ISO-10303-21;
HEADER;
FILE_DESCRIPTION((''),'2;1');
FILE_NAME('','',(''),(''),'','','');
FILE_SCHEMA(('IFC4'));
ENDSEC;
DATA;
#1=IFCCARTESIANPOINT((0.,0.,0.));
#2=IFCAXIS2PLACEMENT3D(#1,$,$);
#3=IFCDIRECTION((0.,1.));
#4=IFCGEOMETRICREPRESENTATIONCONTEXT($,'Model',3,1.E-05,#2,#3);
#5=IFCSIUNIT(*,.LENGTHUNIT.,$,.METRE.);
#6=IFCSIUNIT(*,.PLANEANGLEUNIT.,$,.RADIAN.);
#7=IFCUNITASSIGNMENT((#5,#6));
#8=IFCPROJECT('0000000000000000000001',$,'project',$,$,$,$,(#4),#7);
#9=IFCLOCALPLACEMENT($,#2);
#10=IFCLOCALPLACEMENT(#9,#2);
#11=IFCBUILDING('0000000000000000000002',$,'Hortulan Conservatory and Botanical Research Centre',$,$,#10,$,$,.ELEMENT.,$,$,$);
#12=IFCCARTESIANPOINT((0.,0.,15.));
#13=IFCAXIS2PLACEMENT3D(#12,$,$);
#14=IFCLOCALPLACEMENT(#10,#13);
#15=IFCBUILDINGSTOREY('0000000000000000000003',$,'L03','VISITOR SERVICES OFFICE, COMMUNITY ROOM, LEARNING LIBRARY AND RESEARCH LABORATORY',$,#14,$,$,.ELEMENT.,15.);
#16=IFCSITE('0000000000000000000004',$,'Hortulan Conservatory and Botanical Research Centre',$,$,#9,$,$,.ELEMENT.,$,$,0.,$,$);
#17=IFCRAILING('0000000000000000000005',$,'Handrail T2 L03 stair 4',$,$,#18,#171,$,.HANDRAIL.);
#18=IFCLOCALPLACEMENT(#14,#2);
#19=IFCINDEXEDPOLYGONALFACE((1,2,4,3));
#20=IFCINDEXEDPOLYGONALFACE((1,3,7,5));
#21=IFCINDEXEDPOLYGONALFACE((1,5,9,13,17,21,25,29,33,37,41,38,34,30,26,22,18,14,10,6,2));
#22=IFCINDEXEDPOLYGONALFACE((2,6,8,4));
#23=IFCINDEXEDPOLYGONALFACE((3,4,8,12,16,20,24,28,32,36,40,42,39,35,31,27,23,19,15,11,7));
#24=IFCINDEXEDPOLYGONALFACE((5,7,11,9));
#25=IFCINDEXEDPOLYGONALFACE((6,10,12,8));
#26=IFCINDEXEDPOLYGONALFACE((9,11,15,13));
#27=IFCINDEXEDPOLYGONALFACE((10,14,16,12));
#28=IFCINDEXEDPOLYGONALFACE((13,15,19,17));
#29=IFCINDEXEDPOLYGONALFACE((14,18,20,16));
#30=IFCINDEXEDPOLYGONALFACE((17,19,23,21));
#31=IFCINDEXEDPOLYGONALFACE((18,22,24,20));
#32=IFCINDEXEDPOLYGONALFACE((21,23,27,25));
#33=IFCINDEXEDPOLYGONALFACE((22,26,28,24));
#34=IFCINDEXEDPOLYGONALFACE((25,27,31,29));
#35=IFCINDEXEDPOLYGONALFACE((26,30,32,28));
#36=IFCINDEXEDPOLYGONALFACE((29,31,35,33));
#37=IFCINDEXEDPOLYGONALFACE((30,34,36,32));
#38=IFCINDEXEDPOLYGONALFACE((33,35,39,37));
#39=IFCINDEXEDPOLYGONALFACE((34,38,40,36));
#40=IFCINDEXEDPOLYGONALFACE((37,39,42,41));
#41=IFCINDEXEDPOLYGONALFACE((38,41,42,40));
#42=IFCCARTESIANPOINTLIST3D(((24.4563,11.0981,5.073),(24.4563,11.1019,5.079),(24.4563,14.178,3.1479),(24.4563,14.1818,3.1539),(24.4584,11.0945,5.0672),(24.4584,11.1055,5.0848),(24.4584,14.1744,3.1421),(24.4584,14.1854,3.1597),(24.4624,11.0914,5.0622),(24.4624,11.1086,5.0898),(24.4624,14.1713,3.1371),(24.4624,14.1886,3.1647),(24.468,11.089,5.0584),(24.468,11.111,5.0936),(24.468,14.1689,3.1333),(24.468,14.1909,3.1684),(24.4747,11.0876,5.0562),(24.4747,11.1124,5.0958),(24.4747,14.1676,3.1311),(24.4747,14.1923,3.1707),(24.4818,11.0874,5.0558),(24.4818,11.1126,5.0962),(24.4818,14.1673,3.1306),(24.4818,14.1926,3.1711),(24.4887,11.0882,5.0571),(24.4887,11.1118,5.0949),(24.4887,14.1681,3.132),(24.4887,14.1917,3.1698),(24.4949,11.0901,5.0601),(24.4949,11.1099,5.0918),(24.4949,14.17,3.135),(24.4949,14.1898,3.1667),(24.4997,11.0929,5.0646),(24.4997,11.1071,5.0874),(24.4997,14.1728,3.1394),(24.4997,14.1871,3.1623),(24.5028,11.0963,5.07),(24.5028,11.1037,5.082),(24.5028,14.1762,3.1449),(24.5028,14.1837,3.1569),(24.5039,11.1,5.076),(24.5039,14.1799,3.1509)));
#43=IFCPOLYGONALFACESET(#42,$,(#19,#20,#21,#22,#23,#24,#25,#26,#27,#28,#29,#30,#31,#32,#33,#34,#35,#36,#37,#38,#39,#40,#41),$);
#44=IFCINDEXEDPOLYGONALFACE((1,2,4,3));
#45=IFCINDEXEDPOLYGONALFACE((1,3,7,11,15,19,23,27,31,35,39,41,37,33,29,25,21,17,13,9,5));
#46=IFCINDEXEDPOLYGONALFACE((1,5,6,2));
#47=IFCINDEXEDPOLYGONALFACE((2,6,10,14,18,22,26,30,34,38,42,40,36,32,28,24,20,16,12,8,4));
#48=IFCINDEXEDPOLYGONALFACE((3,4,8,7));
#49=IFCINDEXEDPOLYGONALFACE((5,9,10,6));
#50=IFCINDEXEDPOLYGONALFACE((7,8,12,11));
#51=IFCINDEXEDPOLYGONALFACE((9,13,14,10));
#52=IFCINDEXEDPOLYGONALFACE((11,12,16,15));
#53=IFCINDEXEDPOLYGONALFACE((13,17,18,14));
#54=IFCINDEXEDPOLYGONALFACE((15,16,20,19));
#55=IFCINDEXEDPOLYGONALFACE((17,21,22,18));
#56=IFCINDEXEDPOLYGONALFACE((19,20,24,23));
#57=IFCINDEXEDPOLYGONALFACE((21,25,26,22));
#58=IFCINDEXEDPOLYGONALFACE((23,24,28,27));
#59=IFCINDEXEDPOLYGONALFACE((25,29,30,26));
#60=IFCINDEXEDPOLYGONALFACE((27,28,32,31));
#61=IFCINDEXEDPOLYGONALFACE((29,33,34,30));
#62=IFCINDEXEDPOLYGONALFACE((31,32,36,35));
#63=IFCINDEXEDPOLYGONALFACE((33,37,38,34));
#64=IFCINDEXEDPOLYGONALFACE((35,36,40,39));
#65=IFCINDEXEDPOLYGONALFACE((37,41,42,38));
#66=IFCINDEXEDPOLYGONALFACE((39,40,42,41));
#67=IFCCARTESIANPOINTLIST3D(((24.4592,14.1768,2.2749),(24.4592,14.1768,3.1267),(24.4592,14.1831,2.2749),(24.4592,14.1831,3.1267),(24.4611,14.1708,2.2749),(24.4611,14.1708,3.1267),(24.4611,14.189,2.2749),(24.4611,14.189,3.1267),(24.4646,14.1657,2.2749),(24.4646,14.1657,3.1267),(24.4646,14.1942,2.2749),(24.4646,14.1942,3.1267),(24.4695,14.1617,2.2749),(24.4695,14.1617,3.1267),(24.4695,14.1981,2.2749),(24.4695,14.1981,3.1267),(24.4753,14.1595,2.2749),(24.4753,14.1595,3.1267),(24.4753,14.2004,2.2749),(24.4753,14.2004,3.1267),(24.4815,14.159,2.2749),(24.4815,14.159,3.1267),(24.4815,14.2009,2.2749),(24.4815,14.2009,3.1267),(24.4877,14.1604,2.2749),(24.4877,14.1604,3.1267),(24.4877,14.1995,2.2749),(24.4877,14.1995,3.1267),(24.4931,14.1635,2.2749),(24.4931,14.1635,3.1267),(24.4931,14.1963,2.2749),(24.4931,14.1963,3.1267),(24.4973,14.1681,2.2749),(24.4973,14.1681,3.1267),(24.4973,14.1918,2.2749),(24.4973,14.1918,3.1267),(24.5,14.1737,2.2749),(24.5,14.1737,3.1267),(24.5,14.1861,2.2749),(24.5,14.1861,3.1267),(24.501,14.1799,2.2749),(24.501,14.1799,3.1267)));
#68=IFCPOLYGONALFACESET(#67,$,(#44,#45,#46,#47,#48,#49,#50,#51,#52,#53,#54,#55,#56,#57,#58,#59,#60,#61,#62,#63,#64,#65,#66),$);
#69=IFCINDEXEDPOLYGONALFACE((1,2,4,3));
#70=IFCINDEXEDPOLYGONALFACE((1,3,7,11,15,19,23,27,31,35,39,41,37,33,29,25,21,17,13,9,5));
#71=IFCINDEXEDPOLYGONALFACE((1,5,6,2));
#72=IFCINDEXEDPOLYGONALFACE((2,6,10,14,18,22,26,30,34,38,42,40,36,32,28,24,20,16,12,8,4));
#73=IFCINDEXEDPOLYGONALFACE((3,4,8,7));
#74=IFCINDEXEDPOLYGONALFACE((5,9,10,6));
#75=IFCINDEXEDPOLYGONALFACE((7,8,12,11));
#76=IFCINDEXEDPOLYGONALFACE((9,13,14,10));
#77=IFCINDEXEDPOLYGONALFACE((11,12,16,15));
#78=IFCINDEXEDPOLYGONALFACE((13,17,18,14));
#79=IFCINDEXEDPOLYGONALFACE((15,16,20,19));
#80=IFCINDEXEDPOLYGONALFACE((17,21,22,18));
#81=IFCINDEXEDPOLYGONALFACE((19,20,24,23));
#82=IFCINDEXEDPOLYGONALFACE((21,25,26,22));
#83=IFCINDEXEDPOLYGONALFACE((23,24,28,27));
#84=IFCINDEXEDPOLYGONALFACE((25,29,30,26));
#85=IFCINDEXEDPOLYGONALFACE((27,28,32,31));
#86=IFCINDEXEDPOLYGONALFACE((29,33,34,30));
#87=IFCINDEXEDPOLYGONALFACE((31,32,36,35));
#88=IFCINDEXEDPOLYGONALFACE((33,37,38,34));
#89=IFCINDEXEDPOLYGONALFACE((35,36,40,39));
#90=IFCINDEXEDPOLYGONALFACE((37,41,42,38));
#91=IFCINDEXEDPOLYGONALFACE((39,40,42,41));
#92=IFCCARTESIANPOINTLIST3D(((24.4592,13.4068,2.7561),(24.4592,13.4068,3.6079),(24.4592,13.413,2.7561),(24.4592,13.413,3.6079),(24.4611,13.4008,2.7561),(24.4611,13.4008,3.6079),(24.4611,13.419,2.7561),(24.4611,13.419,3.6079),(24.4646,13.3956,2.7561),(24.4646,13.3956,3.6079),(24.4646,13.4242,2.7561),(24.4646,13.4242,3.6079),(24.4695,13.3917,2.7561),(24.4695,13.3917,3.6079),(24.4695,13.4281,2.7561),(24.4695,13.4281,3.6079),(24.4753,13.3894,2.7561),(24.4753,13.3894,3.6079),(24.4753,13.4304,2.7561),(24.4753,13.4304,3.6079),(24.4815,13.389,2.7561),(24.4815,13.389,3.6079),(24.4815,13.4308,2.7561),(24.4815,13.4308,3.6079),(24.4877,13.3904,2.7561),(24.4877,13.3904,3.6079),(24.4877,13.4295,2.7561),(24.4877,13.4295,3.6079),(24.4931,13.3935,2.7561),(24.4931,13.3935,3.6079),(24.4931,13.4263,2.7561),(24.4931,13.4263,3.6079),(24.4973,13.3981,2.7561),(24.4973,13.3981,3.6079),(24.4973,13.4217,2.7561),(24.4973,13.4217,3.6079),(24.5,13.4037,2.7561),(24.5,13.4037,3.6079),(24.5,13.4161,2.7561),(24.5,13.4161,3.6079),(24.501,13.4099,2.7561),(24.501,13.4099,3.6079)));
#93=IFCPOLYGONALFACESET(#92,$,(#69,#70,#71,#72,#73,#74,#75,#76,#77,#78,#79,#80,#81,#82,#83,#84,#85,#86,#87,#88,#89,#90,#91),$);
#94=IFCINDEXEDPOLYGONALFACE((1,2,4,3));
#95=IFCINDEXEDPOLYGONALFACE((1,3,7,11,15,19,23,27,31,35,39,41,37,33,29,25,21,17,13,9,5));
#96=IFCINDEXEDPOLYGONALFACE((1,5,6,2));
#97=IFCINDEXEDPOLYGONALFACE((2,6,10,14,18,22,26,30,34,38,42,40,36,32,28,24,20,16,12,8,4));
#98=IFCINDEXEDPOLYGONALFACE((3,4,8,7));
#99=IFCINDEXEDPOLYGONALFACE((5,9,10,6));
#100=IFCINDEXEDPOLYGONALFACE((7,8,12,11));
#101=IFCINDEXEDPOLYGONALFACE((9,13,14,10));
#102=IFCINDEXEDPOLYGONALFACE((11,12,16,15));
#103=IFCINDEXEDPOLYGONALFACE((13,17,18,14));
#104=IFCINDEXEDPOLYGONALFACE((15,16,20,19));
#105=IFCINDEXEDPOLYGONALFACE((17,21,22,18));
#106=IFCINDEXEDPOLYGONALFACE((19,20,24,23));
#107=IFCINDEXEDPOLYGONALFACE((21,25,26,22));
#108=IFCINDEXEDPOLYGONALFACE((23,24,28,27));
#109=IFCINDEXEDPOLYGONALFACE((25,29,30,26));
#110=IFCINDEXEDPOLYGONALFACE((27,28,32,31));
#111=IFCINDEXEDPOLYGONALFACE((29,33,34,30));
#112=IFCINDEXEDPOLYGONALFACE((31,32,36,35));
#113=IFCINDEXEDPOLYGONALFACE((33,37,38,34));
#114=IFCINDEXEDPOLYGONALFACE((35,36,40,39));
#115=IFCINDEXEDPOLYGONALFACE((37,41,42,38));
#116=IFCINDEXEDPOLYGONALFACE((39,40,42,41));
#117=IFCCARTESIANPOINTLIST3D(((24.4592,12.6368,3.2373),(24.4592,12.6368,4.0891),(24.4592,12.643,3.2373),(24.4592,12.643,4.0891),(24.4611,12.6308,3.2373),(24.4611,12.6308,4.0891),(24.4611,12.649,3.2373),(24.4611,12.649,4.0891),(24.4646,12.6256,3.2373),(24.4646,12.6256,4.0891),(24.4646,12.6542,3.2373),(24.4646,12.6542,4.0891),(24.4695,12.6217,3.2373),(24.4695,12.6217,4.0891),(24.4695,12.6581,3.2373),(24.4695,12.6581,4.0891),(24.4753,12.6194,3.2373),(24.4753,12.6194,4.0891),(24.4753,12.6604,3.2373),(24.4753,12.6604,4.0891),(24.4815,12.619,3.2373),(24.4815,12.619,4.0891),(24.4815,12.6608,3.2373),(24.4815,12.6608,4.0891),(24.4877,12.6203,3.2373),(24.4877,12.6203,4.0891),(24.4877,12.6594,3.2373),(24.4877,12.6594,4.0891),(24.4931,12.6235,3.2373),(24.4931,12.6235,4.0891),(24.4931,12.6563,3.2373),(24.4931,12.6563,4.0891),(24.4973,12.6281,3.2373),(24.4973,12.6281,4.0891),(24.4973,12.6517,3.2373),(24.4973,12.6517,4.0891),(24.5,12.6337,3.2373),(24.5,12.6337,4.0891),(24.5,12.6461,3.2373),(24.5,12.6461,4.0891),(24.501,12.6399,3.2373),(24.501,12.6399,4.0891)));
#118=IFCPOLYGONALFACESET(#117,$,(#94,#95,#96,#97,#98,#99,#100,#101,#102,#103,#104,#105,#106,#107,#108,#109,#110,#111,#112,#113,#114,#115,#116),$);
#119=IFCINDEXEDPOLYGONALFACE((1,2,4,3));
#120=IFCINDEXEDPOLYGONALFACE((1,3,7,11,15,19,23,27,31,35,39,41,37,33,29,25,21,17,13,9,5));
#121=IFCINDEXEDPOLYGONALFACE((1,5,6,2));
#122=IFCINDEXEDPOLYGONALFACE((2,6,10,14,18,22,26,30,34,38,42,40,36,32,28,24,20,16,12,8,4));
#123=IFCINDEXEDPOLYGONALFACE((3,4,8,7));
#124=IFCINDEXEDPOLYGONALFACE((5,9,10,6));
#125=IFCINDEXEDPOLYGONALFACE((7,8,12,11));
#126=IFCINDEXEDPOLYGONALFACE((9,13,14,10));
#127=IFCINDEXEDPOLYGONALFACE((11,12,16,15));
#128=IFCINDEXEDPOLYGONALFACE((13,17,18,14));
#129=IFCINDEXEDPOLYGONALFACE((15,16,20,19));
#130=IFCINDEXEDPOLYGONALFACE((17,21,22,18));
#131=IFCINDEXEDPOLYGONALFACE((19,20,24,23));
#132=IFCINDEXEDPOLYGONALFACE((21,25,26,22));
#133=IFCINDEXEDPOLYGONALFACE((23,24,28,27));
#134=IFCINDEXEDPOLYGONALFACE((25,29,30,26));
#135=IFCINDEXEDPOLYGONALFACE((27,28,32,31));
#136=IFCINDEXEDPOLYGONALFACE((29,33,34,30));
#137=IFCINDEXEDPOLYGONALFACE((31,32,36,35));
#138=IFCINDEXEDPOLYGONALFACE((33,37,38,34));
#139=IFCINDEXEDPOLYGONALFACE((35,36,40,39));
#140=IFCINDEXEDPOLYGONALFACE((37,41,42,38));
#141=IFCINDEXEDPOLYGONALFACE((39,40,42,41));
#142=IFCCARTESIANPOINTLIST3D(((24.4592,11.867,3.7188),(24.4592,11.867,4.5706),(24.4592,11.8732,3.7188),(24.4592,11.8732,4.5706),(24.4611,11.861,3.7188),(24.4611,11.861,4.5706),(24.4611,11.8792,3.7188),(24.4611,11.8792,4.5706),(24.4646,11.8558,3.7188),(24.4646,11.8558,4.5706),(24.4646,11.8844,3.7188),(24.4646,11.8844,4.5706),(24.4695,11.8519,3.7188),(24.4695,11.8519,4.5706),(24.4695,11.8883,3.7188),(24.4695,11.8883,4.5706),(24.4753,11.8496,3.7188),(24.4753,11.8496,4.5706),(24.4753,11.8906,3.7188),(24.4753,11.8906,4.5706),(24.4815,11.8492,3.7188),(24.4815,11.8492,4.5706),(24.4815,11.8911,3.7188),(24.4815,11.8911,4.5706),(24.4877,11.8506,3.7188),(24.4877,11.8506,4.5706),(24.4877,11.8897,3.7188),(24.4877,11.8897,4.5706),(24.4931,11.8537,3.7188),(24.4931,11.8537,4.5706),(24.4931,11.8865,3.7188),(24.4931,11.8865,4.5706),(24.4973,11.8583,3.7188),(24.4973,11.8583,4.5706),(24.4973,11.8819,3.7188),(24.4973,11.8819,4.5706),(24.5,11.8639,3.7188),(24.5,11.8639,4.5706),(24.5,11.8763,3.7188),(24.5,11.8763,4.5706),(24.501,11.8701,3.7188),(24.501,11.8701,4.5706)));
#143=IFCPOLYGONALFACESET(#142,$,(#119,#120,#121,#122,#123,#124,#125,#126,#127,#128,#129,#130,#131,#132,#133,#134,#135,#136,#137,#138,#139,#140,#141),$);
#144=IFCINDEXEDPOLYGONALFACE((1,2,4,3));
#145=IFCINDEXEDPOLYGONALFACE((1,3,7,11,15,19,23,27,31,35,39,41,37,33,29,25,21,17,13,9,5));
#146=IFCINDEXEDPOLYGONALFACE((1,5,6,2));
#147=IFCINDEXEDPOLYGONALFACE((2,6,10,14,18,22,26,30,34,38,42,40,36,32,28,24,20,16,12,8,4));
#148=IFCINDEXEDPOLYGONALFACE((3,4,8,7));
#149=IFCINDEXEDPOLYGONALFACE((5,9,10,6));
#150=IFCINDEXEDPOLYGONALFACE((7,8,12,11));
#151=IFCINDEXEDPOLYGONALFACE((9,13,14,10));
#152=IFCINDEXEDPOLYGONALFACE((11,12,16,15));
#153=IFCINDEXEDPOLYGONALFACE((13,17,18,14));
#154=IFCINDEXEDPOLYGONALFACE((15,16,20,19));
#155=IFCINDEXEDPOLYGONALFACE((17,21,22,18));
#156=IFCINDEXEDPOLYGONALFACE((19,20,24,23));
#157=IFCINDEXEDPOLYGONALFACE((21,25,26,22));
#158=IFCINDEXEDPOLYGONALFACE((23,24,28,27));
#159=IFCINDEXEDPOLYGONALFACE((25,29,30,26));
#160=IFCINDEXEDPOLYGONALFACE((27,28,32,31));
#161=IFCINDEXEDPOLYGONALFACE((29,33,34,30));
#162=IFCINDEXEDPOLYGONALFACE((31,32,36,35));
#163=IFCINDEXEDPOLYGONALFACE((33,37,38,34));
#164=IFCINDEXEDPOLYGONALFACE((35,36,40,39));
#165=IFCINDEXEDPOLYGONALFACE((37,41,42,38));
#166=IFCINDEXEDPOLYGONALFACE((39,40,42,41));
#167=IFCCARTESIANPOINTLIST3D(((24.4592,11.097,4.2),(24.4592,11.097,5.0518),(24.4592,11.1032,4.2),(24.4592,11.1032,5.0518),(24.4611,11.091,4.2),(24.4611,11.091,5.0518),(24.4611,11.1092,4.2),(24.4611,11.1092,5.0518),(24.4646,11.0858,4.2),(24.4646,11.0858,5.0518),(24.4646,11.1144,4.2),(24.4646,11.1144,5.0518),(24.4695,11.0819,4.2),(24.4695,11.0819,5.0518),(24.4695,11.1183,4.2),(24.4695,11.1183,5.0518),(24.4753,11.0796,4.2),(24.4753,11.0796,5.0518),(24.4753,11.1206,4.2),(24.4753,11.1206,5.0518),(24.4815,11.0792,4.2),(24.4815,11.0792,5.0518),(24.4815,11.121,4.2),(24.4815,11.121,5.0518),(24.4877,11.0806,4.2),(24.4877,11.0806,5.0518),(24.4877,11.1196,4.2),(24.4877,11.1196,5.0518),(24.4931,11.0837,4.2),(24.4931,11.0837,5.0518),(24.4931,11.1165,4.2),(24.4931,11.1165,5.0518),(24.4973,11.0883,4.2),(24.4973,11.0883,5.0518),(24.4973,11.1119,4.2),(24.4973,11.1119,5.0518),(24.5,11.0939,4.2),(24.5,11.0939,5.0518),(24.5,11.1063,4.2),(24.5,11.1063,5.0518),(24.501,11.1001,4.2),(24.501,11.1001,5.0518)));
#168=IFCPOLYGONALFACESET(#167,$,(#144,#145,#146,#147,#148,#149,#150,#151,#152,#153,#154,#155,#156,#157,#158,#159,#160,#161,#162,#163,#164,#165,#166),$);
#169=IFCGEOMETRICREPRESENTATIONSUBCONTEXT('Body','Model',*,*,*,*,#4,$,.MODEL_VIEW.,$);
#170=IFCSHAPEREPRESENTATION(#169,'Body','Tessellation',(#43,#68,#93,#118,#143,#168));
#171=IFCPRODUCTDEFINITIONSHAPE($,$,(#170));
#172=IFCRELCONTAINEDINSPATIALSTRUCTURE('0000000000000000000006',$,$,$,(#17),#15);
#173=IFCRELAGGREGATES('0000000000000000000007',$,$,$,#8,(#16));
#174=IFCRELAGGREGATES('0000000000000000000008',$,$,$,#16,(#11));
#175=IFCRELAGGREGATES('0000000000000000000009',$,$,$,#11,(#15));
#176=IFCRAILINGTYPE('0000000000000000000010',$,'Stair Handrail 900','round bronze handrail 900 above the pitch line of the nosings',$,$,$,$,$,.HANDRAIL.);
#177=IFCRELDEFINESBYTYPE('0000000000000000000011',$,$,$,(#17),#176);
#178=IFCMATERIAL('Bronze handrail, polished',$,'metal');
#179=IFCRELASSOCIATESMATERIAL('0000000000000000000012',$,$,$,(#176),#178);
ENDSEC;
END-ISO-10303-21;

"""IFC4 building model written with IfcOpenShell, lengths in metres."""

from ifc_helpers import new_model, si_unit, direction, frame, origin, origin_2d, place, context, subcontext, project, spatial, circle, extrude, material, type_object, element, save


model = new_model("IFC4")

# Units and contexts
model_context = context("Model", 3, precision=1e-05, world=origin(), true_north=direction((0.0, 1.0)))
body_context = subcontext(model_context, "Body", "Model", "MODEL_VIEW")
ifc_project = project(units=[si_unit("LENGTHUNIT", "METRE"), si_unit("PLANEANGLEUNIT", "RADIAN")], contexts=[model_context])

# Site, building, storey
site_placement = place(None, origin())
site = spatial("IfcSite", under=ifc_project, at=site_placement, Name="Hortulan Conservatory and Botanical Research Centre", CompositionType="ELEMENT", RefElevation=0.0)
building_placement = place(site_placement, origin())
building = spatial("IfcBuilding", under=site, at=building_placement, Name="Hortulan Conservatory and Botanical Research Centre", CompositionType="ELEMENT")
storey_placement = place(building_placement, frame((0.0, 0.0, 15.0)))
storey = spatial("IfcBuildingStorey", under=building, at=storey_placement, Name="L03", Description="VISITOR SERVICES OFFICE, COMMUNITY ROOM, LEARNING LIBRARY AND RESEARCH LABORATORY", CompositionType="ELEMENT", Elevation=15.0)

# Railing
ifc_material_1 = material(Name="Bronze handrail, polished", Category="metal")
railing_type_1 = type_object("IfcRailingType", Name="Stair Handrail 900", Description="round bronze handrail 900 above the pitch line of the nosings", PredefinedType="HANDRAIL", material=ifc_material_1)
railing_1_placement = place(storey_placement, frame((24.48, 14.1799, 2.2749)))
element("IfcRailing", 1, at=railing_1_placement, inside=storey, type_object=railing_type_1, Name="Handrail T2 L03 stair 4", PredefinedType="HANDRAIL", context=body_context, shape_type="SweptSolid", body=[
    extrude(circle(Radius=0.0239, at=origin_2d()), frame((0.0, 0.0, 0.876), z_axis=(0.0, -0.847979, 0.530029), x_axis=(1.0, 0.0, 0.0)), (0.0, 0.0, 1.0), 3.6321),
    extrude(circle(Radius=0.021, at=origin_2d()), origin(), (0.0, 0.0, 1.0), 0.8518),
    extrude(circle(Radius=0.021, at=origin_2d()), frame((0.0, -0.77, 0.4812)), (0.0, 0.0, 1.0), 0.8518),
    extrude(circle(Radius=0.021, at=origin_2d()), frame((0.0, -1.54, 0.9624)), (0.0, 0.0, 1.0), 0.8518),
    extrude(circle(Radius=0.021, at=origin_2d()), frame((0.0, -2.3098, 1.4438)), (0.0, 0.0, 1.0), 0.8518),
    extrude(circle(Radius=0.021, at=origin_2d()), frame((0.0, -3.0798, 1.925)), (0.0, 0.0, 1.0), 0.8518),
])

save(model, "model.ifc")
